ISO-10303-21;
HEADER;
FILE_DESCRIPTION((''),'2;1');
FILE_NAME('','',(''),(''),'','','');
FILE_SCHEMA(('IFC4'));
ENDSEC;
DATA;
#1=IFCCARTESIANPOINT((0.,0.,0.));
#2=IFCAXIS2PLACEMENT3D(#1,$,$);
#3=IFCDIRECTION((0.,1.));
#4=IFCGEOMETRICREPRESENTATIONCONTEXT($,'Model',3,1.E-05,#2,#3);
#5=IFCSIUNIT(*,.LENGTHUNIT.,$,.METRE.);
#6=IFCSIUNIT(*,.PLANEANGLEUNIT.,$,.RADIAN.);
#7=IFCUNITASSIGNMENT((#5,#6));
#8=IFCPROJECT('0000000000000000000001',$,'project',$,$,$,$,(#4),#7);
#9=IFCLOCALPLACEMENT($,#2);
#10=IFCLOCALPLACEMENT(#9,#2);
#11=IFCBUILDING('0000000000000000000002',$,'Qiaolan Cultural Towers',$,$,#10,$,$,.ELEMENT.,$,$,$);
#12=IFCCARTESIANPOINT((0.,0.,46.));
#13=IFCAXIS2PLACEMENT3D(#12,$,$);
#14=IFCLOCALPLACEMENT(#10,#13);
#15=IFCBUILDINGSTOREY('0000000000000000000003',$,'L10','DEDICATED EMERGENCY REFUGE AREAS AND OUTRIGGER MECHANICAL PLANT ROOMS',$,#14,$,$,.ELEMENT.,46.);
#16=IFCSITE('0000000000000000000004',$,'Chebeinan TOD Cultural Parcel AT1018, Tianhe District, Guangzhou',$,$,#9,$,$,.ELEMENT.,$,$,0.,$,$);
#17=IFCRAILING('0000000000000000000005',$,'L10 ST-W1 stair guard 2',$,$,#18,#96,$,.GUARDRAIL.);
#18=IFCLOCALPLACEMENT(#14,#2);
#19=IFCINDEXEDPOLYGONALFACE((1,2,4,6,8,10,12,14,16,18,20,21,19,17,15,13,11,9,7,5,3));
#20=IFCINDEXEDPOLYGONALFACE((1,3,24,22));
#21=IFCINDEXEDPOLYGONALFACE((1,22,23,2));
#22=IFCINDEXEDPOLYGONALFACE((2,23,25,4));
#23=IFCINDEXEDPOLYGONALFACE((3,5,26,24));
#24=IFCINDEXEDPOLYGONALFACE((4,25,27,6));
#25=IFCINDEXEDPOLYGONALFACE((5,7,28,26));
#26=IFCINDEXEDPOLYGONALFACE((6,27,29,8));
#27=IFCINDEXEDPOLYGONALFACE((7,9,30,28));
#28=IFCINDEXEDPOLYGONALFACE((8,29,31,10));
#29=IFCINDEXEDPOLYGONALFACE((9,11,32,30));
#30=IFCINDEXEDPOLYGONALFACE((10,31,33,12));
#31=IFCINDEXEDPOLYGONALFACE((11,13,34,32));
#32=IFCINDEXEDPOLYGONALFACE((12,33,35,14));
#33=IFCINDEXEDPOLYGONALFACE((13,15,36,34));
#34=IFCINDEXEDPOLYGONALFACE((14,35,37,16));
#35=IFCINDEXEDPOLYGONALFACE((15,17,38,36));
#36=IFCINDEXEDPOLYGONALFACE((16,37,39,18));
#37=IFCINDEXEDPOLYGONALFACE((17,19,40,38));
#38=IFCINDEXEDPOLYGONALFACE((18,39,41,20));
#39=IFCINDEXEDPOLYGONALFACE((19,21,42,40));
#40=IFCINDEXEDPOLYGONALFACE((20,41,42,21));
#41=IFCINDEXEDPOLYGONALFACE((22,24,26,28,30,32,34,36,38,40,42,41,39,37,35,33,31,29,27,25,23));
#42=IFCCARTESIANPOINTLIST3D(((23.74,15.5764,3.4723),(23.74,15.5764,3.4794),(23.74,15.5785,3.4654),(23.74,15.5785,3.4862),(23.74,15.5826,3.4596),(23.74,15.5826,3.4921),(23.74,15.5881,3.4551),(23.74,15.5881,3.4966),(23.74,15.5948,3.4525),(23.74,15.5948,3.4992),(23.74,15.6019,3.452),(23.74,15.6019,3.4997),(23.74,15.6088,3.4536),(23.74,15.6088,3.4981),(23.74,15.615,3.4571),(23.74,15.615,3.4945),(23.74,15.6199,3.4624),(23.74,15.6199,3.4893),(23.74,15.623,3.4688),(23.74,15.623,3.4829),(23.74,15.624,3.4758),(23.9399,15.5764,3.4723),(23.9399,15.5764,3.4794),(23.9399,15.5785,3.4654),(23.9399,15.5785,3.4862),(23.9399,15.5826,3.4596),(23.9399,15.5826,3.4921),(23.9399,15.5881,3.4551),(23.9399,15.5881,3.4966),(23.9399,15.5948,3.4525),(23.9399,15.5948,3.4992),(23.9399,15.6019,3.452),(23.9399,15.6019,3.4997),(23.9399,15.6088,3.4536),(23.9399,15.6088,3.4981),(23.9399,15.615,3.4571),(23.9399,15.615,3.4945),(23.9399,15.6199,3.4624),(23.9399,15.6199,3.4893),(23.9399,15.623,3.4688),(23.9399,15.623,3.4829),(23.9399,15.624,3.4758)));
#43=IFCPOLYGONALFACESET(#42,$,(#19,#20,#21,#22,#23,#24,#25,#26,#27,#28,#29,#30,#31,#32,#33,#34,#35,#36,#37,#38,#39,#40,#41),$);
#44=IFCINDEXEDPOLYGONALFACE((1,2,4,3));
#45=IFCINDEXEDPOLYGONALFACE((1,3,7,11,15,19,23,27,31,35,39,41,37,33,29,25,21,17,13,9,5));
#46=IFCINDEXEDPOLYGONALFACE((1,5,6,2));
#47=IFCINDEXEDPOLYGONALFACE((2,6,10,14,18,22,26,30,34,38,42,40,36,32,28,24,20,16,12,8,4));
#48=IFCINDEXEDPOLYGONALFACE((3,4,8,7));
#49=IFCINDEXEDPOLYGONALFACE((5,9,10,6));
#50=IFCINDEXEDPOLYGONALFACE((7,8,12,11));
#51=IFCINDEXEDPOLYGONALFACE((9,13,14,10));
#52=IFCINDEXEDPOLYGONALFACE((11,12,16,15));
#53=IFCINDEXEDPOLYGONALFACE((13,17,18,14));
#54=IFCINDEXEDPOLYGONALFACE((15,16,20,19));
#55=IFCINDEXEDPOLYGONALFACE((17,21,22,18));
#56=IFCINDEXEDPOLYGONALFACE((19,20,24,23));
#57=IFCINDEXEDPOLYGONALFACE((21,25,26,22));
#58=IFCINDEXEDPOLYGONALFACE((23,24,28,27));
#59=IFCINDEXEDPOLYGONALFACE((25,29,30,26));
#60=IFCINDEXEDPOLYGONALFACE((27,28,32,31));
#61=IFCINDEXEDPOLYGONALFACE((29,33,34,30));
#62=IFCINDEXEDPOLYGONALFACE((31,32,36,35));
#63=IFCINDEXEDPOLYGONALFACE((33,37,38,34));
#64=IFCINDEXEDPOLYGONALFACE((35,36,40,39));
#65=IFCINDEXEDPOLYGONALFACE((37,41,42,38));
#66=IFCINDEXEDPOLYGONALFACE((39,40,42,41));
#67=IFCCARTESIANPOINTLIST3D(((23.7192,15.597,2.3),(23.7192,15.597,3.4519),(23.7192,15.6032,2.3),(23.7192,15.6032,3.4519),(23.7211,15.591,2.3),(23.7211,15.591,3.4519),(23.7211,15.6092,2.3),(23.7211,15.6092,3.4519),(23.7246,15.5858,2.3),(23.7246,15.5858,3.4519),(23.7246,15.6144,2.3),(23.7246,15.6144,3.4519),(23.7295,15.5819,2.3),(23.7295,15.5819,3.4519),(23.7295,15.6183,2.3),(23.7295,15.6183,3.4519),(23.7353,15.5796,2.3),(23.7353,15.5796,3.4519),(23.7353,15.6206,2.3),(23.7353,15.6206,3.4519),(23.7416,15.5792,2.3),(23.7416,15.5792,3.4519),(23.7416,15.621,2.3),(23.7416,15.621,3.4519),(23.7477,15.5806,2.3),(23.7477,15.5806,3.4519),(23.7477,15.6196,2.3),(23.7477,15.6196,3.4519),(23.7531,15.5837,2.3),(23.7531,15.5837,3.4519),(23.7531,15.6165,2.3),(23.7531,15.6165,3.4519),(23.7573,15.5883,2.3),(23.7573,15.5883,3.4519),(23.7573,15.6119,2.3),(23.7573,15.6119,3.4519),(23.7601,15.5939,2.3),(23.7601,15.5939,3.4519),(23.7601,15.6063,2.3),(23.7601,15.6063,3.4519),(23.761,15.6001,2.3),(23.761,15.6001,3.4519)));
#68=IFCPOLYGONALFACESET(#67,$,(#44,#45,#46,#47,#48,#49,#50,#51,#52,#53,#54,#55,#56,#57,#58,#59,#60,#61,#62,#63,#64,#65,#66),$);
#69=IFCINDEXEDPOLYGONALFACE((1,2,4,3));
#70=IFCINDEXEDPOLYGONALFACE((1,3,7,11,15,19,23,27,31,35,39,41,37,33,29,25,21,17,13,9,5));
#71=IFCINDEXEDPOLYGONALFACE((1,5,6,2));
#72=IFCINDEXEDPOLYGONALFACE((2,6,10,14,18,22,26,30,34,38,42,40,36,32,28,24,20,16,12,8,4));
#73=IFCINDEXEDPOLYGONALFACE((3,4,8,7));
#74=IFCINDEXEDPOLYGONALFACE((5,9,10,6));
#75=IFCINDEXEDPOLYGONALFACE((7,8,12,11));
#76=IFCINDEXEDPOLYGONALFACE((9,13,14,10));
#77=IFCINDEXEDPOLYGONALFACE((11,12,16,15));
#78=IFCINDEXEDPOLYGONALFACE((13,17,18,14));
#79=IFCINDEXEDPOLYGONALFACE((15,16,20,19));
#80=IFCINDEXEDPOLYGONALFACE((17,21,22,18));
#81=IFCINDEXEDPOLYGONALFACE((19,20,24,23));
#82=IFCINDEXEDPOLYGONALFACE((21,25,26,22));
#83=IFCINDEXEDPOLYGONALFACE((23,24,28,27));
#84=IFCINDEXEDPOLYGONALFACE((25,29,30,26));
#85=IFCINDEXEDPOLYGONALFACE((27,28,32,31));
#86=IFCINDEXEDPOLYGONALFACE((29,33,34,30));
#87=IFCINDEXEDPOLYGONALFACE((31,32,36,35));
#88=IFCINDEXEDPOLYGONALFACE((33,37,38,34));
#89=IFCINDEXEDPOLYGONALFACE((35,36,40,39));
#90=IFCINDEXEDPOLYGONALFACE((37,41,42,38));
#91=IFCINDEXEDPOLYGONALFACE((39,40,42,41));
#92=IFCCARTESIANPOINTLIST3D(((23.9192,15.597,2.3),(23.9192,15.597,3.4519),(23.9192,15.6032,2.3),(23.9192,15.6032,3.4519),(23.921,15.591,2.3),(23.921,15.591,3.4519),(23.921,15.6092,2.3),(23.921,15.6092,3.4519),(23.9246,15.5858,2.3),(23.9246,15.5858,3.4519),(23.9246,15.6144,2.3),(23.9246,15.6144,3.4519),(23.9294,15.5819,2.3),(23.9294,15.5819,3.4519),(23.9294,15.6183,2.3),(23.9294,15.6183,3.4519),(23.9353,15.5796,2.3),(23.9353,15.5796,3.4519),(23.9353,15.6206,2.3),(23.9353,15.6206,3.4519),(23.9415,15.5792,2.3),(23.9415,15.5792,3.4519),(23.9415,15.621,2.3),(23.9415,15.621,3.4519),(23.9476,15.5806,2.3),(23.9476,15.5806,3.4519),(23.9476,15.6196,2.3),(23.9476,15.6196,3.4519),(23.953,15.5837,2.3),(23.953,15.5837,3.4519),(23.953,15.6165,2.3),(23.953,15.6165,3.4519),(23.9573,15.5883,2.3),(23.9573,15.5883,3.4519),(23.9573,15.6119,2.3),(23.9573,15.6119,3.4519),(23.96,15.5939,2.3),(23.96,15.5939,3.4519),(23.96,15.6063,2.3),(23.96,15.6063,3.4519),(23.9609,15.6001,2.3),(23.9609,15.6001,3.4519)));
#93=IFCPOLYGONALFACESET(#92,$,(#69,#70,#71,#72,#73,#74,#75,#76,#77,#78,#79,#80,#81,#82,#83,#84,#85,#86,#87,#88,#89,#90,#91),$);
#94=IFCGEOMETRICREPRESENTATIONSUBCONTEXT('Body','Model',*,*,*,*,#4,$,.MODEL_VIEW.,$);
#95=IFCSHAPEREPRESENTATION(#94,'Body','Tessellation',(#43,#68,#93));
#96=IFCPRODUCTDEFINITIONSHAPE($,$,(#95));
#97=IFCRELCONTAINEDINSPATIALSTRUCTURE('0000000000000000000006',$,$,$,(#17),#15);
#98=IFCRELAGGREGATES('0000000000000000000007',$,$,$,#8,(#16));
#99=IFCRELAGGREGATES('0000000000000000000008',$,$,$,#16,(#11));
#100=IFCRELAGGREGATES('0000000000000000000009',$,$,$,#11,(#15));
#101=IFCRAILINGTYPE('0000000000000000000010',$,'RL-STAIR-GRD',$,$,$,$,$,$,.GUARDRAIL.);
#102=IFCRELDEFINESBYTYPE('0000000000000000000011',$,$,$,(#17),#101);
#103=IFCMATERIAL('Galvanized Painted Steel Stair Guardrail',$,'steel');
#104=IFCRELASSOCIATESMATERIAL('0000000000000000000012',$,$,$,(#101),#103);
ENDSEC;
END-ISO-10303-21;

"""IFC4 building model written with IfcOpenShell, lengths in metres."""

from ifc_helpers import new_model, si_unit, direction, frame, origin, origin_2d, place, context, subcontext, project, spatial, circle, extrude, material, type_object, element, save


model = new_model("IFC4")

# Units and contexts
model_context = context("Model", 3, precision=1e-05, world=origin(), true_north=direction((0.0, 1.0)))
body_context = subcontext(model_context, "Body", "Model", "MODEL_VIEW")
ifc_project = project(units=[si_unit("LENGTHUNIT", "METRE"), si_unit("PLANEANGLEUNIT", "RADIAN")], contexts=[model_context])

# Site, building, storey
site_placement = place(None, origin())
site = spatial("IfcSite", under=ifc_project, at=site_placement, Name="Chebeinan TOD Cultural Parcel AT1018, Tianhe District, Guangzhou", CompositionType="ELEMENT", RefElevation=0.0)
building_placement = place(site_placement, origin())
building = spatial("IfcBuilding", under=site, at=building_placement, Name="Qiaolan Cultural Towers", CompositionType="ELEMENT")
storey_placement = place(building_placement, frame((0.0, 0.0, 46.0)))
storey = spatial("IfcBuildingStorey", under=building, at=storey_placement, Name="L10", Description="DEDICATED EMERGENCY REFUGE AREAS AND OUTRIGGER MECHANICAL PLANT ROOMS", CompositionType="ELEMENT", Elevation=46.0)

# Railing
ifc_material_1 = material(Name="Galvanized Painted Steel Stair Guardrail", Category="steel")
railing_type_1 = type_object("IfcRailingType", Name="RL-STAIR-GRD", PredefinedType="GUARDRAIL", material=ifc_material_1)
railing_1_placement = place(storey_placement, frame((23.74, 15.6001, 2.3)))
element("IfcRailing", 1, at=railing_1_placement, inside=storey, type_object=railing_type_1, Name="L10 ST-W1 stair guard 2", PredefinedType="GUARDRAIL", context=body_context, shape_type="SweptSolid", body=[
    extrude(circle(Radius=0.0239, at=origin_2d()), frame((0.0, 0.0, 1.1758), z_axis=(1.0, 0.0, 0.0), x_axis=(0.0, 1.0, 0.0)), (0.0, 0.0, 1.0), 0.2),
    extrude(circle(Radius=0.021, at=origin_2d()), origin(), (0.0, 0.0, 1.0), 1.1519),
    extrude(circle(Radius=0.021, at=origin_2d()), frame((0.2, 0.0, 0.0)), (0.0, 0.0, 1.0), 1.1519),
])

save(model, "model.ifc")
